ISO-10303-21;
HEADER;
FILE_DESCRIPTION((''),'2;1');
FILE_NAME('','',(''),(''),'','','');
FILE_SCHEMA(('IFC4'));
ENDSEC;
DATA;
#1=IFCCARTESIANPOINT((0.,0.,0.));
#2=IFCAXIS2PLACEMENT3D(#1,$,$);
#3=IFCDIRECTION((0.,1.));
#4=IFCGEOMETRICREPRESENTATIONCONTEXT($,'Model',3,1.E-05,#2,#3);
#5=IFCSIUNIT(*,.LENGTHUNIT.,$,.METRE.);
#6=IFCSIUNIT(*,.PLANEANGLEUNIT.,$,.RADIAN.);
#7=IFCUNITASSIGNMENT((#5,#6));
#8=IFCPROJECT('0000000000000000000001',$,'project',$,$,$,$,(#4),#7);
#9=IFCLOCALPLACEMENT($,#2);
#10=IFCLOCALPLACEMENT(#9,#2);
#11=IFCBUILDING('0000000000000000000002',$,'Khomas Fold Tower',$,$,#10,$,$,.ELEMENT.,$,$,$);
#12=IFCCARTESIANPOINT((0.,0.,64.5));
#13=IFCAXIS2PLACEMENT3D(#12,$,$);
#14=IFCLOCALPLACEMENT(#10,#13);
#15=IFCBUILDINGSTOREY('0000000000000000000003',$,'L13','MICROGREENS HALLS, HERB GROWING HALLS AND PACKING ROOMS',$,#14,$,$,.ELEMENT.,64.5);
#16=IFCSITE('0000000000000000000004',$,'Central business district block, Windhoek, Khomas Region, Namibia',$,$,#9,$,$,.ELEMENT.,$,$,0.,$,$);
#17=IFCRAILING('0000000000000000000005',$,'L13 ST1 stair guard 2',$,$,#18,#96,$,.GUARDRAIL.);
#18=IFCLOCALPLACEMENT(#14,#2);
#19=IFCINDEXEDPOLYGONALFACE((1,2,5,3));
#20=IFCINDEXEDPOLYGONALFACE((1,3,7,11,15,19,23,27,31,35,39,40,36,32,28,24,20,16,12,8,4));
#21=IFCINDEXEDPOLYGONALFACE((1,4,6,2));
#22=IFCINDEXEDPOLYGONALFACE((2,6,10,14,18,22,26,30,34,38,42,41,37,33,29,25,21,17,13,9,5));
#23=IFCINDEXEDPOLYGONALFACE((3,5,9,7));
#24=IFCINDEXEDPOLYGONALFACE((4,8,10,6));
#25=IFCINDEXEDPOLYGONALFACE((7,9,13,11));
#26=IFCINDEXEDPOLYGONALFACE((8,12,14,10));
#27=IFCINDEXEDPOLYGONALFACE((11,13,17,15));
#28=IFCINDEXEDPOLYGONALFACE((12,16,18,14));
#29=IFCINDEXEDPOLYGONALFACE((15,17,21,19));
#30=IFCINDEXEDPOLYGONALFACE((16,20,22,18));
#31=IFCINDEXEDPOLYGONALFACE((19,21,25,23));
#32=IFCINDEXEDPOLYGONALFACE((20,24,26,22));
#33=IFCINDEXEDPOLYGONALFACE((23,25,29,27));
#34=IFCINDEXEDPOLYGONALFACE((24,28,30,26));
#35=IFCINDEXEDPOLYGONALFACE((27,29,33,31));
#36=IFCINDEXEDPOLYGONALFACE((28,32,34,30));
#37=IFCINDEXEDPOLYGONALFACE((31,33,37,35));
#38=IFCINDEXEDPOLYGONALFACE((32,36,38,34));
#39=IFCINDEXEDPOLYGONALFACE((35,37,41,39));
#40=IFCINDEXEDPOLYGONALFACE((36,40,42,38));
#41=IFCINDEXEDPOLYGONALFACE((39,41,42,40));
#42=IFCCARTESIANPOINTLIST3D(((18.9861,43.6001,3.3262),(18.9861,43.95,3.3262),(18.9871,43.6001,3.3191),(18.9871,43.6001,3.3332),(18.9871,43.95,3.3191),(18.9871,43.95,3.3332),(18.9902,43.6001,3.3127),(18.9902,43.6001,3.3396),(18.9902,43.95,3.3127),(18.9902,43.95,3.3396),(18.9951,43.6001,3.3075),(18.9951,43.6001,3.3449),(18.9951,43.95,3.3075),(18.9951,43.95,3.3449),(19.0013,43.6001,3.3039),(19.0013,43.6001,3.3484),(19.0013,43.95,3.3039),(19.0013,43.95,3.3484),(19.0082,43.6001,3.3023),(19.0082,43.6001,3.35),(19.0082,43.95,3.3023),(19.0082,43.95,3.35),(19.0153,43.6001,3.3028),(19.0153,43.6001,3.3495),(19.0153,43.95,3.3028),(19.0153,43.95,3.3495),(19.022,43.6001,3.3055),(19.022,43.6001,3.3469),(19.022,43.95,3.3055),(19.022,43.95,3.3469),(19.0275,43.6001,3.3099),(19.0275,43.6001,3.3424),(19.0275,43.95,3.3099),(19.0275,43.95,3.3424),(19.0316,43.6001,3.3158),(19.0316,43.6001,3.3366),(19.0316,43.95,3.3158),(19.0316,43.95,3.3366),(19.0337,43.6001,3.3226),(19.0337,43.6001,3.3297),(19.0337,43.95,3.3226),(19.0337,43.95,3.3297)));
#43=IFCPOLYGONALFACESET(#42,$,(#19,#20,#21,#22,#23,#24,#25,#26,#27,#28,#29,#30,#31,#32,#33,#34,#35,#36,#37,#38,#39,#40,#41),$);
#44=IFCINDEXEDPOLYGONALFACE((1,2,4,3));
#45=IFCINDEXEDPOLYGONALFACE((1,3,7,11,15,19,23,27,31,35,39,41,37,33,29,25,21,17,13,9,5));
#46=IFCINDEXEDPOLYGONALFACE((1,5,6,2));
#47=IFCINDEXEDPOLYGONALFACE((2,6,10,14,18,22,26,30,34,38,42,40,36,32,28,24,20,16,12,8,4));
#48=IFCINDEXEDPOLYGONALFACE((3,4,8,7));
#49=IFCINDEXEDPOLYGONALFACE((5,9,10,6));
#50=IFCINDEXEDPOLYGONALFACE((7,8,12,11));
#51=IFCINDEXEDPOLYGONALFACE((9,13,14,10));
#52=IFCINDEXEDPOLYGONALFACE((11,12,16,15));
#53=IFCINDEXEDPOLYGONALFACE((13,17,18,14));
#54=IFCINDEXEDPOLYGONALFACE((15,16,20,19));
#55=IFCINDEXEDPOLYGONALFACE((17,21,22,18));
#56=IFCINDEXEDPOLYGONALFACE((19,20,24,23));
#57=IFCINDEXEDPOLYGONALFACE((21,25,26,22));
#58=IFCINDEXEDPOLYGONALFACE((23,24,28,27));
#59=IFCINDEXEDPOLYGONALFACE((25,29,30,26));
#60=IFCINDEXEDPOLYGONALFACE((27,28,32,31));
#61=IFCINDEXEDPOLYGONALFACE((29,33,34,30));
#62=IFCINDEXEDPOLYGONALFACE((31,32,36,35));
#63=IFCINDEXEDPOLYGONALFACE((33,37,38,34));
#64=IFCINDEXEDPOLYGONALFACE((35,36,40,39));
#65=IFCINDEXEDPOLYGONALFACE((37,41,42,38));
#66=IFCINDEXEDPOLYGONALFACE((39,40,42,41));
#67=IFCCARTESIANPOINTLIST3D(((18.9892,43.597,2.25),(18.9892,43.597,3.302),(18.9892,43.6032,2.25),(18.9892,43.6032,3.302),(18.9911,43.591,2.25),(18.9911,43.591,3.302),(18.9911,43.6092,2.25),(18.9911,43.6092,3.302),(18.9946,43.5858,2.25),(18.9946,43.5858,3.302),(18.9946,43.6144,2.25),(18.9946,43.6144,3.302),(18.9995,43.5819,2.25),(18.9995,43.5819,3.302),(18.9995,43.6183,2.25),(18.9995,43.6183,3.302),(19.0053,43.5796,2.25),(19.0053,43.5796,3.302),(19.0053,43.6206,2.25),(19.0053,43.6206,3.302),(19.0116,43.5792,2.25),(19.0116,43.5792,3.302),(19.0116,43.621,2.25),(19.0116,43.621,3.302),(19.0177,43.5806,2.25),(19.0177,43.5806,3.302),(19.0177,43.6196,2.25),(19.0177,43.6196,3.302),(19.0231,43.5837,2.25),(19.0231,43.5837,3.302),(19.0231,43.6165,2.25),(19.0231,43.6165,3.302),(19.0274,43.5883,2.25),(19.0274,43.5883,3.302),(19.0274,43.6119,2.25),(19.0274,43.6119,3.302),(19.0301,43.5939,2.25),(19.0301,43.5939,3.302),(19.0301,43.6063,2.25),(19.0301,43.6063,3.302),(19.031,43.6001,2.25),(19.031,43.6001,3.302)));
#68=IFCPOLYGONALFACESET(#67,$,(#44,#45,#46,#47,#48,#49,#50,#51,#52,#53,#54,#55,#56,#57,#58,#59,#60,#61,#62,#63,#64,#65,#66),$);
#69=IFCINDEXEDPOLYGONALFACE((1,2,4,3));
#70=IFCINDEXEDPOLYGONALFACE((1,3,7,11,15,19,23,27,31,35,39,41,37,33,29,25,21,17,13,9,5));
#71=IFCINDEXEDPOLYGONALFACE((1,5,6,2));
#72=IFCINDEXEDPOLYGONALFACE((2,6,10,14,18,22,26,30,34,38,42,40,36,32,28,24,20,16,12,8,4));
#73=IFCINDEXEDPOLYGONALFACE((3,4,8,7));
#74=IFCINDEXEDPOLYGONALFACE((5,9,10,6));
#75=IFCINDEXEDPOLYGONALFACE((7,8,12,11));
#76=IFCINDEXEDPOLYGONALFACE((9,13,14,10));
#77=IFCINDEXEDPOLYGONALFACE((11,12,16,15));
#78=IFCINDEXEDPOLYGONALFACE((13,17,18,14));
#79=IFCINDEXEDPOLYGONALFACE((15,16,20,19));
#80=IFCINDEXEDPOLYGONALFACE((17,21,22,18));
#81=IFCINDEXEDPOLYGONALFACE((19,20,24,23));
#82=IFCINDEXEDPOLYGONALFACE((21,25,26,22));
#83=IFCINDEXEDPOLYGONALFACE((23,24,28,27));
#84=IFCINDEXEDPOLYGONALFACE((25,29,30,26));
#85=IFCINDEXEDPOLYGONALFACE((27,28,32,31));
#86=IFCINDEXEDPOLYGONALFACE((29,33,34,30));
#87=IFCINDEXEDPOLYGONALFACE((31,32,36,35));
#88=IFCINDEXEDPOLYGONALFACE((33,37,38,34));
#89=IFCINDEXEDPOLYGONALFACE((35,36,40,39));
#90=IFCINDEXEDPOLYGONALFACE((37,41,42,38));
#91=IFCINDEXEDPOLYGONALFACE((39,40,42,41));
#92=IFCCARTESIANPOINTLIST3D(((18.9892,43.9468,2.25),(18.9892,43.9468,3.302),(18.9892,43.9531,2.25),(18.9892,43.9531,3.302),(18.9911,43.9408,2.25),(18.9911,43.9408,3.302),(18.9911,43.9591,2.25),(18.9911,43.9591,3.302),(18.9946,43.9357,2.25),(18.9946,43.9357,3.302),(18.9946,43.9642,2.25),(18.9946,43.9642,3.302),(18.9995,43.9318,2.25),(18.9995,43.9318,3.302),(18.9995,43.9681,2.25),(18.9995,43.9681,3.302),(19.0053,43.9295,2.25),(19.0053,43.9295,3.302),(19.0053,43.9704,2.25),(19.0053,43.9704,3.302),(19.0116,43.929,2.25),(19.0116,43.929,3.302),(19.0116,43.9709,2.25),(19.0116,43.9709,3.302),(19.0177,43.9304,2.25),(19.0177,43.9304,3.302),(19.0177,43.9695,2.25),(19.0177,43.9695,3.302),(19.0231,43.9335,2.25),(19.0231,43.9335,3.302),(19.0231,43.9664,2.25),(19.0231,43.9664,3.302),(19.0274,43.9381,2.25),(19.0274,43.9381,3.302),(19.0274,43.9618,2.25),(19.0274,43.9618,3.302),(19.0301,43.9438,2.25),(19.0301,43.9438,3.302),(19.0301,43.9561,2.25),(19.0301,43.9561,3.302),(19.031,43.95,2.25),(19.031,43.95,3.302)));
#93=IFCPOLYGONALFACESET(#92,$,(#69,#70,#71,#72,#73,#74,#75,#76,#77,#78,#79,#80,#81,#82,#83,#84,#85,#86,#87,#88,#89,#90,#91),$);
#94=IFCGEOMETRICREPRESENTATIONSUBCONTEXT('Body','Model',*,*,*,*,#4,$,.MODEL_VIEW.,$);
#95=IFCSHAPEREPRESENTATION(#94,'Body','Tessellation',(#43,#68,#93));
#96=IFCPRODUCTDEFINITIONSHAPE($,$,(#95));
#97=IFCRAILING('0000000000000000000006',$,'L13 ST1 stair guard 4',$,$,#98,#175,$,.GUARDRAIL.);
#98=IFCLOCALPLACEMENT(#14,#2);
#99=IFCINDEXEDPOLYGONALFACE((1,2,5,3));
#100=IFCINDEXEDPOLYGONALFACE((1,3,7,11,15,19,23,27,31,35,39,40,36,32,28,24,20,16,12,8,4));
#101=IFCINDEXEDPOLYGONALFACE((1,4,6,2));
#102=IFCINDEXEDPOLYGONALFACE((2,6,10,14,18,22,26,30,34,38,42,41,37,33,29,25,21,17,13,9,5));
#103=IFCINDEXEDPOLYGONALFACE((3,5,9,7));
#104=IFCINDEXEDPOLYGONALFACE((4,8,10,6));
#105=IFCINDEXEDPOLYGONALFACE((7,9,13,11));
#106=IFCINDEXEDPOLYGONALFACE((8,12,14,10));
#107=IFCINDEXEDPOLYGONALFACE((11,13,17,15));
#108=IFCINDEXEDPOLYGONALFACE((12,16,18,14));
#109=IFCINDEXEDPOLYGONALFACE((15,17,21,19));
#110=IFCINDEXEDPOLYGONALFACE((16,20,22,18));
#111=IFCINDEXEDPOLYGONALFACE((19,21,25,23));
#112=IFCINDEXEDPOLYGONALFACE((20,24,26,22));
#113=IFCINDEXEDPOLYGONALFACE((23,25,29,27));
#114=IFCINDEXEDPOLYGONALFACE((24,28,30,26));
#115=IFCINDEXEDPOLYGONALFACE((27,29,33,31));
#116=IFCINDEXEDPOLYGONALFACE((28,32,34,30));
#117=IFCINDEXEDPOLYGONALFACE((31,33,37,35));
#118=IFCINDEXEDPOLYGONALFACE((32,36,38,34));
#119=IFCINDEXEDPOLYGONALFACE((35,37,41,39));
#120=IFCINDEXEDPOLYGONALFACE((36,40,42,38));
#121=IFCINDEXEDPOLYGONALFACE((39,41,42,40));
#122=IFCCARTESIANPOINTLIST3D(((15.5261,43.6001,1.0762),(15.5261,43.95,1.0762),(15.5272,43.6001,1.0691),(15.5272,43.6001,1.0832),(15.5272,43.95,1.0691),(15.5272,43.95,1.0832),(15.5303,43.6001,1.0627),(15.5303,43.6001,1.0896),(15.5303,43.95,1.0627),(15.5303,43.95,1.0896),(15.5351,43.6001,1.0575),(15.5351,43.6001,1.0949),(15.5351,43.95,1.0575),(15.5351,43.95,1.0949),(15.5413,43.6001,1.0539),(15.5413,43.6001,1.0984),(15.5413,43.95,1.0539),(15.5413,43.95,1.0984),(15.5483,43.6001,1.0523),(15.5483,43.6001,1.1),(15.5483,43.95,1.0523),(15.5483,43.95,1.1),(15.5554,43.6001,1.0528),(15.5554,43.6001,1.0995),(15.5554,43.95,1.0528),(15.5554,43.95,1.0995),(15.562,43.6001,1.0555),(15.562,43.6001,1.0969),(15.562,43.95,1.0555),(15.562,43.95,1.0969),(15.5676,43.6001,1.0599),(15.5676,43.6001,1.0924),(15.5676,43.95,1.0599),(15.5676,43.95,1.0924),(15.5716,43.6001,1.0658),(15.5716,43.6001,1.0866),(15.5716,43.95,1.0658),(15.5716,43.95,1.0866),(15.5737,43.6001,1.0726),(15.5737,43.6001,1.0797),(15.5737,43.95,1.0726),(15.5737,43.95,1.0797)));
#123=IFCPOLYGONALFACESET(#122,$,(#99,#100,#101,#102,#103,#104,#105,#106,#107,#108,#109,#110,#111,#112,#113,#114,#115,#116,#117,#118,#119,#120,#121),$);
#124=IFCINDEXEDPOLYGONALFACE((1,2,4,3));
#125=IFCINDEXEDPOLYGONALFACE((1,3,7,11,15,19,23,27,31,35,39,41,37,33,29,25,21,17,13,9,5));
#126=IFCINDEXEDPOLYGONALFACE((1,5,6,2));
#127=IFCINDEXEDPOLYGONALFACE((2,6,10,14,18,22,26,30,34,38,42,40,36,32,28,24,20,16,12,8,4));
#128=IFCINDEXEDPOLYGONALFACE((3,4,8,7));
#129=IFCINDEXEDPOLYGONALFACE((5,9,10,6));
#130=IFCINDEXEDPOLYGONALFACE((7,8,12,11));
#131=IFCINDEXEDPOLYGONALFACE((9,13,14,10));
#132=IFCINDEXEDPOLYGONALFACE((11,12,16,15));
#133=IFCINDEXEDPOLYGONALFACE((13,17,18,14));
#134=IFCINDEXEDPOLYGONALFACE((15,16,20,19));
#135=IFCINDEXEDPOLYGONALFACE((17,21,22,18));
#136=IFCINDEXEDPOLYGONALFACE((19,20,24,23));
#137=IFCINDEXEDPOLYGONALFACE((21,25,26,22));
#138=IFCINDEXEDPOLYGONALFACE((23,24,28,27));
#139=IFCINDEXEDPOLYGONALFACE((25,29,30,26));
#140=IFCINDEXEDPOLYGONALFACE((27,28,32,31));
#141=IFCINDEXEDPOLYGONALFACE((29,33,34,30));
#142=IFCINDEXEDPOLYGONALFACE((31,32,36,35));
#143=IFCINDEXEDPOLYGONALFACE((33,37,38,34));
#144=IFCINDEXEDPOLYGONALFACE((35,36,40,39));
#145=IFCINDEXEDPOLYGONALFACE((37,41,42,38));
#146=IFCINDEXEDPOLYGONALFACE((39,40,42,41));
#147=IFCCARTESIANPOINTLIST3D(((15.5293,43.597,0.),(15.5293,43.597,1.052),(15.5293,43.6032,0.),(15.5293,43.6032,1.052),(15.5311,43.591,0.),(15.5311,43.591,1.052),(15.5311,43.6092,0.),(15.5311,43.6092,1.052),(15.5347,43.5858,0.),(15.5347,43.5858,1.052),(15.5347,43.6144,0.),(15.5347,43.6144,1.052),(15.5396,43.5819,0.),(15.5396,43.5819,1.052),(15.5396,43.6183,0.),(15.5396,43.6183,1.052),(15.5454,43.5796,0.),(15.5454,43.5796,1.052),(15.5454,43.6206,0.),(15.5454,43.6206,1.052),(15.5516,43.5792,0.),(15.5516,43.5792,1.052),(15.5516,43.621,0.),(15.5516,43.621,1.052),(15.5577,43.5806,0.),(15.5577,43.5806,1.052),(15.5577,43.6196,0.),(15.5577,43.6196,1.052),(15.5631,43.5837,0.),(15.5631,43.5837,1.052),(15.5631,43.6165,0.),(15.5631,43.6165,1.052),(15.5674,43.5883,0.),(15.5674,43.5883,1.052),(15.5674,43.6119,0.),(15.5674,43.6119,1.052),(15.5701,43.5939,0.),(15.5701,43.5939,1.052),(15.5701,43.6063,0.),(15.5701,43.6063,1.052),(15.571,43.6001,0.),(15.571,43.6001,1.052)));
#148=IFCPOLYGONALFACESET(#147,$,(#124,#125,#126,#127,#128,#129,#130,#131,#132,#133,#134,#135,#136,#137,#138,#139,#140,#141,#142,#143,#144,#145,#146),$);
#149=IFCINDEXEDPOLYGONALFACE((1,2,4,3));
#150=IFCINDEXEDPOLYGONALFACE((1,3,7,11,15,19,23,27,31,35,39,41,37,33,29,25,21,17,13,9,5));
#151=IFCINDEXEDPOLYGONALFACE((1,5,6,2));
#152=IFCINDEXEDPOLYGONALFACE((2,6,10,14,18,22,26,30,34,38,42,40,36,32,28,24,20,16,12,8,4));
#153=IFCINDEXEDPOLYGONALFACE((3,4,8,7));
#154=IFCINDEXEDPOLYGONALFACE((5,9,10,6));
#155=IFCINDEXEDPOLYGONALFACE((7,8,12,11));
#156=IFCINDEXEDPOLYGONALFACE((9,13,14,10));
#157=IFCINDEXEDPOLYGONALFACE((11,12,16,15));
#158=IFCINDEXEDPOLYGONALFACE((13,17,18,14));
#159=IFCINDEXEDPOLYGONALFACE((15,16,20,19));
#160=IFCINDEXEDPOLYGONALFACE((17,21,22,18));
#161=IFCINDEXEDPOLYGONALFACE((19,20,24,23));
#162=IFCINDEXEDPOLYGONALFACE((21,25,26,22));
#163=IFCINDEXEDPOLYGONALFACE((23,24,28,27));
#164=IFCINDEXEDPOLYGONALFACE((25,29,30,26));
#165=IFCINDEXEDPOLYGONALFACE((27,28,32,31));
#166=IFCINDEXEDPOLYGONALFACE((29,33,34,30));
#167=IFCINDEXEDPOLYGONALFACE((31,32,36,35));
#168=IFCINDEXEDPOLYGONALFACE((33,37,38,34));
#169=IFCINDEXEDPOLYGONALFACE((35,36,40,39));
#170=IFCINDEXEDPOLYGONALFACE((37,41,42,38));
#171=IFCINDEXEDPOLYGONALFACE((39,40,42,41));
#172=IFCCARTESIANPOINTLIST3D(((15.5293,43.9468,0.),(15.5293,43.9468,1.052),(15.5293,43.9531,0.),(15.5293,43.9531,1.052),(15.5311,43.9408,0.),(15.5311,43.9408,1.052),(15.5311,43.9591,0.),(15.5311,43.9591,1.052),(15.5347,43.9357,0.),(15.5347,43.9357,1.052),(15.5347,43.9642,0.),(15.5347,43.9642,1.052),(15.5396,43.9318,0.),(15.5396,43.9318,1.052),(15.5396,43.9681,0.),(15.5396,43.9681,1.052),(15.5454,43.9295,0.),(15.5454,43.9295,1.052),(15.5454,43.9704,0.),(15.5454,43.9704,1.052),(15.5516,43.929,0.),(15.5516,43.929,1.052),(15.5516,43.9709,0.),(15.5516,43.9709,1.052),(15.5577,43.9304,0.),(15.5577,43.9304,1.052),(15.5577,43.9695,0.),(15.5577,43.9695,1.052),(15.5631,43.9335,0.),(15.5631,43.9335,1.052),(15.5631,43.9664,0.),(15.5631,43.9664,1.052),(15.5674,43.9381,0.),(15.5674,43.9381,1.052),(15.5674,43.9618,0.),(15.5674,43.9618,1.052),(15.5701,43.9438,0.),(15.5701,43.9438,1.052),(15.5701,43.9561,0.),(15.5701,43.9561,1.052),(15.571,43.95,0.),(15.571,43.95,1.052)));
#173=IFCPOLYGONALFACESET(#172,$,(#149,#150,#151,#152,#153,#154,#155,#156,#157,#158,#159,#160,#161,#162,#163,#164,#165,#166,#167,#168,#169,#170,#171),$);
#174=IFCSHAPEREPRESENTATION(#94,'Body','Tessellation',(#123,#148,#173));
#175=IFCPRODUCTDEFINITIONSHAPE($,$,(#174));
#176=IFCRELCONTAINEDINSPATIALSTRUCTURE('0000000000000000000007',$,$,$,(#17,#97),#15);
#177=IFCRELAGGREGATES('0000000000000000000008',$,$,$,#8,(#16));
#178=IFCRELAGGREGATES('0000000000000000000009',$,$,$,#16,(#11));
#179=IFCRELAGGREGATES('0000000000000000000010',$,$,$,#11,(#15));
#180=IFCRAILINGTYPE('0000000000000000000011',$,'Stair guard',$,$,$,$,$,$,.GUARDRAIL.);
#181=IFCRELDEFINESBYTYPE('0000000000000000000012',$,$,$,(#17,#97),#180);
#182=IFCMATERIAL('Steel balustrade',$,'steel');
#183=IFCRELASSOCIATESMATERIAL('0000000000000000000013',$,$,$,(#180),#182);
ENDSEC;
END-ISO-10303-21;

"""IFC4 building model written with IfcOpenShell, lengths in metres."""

from ifc_helpers import new_model, si_unit, direction, frame, origin, origin_2d, place, context, subcontext, project, spatial, circle, extrude, source, transform, mapped, material, type_object, element, save


model = new_model("IFC4")

# Units and contexts
model_context = context("Model", 3, precision=1e-05, world=origin(), true_north=direction((0.0, 1.0)))
body_context = subcontext(model_context, "Body", "Model", "MODEL_VIEW")
ifc_project = project(units=[si_unit("LENGTHUNIT", "METRE"), si_unit("PLANEANGLEUNIT", "RADIAN")], contexts=[model_context])

# Site, building, storey
site_placement = place(None, origin())
site = spatial("IfcSite", under=ifc_project, at=site_placement, Name="Central business district block, Windhoek, Khomas Region, Namibia", CompositionType="ELEMENT", RefElevation=0.0)
building_placement = place(site_placement, origin())
building = spatial("IfcBuilding", under=site, at=building_placement, Name="Khomas Fold Tower", CompositionType="ELEMENT")
storey_placement = place(building_placement, frame((0.0, 0.0, 64.5)))
storey = spatial("IfcBuildingStorey", under=building, at=storey_placement, Name="L13", Description="MICROGREENS HALLS, HERB GROWING HALLS AND PACKING ROOMS", CompositionType="ELEMENT", Elevation=64.5)

# Railings
ifc_material_1 = material(Name="Steel balustrade", Category="steel")
railing_type_1 = type_object("IfcRailingType", Name="Stair guard", PredefinedType="GUARDRAIL", material=ifc_material_1)
shared_shape_1 = source(origin(), body_context, "Body", "SweptSolid", [
    extrude(circle(Radius=0.0239, at=origin_2d()), frame((0.0, 0.0, 1.0762), z_axis=(0.0, 1.0, 0.0), x_axis=(-1.0, 0.0, 0.0)), (0.0, 0.0, 1.0), 0.3499),
    extrude(circle(Radius=0.021, at=origin_2d()), origin(), (0.0, 0.0, 1.0), 1.052),
    extrude(circle(Radius=0.021, at=origin_2d()), frame((0.0, 0.3499, 0.0)), (0.0, 0.0, 1.0), 1.052),
])
for number, where, name in (
    (1, (19.01, 43.6001, 2.25), "L13 ST1 stair guard 2"),
    (2, (15.55, 43.6001, 0.0), "L13 ST1 stair guard 4"),
):
    element("IfcRailing", number, at=place(storey_placement, frame(where)), inside=storey, type_object=railing_type_1, Name=name, PredefinedType="GUARDRAIL", context=body_context, shape_type="MappedRepresentation", body=[
        mapped(shared_shape_1, transform((0.0, 0.0, 0.0))),
    ])

save(model, "model.ifc")
